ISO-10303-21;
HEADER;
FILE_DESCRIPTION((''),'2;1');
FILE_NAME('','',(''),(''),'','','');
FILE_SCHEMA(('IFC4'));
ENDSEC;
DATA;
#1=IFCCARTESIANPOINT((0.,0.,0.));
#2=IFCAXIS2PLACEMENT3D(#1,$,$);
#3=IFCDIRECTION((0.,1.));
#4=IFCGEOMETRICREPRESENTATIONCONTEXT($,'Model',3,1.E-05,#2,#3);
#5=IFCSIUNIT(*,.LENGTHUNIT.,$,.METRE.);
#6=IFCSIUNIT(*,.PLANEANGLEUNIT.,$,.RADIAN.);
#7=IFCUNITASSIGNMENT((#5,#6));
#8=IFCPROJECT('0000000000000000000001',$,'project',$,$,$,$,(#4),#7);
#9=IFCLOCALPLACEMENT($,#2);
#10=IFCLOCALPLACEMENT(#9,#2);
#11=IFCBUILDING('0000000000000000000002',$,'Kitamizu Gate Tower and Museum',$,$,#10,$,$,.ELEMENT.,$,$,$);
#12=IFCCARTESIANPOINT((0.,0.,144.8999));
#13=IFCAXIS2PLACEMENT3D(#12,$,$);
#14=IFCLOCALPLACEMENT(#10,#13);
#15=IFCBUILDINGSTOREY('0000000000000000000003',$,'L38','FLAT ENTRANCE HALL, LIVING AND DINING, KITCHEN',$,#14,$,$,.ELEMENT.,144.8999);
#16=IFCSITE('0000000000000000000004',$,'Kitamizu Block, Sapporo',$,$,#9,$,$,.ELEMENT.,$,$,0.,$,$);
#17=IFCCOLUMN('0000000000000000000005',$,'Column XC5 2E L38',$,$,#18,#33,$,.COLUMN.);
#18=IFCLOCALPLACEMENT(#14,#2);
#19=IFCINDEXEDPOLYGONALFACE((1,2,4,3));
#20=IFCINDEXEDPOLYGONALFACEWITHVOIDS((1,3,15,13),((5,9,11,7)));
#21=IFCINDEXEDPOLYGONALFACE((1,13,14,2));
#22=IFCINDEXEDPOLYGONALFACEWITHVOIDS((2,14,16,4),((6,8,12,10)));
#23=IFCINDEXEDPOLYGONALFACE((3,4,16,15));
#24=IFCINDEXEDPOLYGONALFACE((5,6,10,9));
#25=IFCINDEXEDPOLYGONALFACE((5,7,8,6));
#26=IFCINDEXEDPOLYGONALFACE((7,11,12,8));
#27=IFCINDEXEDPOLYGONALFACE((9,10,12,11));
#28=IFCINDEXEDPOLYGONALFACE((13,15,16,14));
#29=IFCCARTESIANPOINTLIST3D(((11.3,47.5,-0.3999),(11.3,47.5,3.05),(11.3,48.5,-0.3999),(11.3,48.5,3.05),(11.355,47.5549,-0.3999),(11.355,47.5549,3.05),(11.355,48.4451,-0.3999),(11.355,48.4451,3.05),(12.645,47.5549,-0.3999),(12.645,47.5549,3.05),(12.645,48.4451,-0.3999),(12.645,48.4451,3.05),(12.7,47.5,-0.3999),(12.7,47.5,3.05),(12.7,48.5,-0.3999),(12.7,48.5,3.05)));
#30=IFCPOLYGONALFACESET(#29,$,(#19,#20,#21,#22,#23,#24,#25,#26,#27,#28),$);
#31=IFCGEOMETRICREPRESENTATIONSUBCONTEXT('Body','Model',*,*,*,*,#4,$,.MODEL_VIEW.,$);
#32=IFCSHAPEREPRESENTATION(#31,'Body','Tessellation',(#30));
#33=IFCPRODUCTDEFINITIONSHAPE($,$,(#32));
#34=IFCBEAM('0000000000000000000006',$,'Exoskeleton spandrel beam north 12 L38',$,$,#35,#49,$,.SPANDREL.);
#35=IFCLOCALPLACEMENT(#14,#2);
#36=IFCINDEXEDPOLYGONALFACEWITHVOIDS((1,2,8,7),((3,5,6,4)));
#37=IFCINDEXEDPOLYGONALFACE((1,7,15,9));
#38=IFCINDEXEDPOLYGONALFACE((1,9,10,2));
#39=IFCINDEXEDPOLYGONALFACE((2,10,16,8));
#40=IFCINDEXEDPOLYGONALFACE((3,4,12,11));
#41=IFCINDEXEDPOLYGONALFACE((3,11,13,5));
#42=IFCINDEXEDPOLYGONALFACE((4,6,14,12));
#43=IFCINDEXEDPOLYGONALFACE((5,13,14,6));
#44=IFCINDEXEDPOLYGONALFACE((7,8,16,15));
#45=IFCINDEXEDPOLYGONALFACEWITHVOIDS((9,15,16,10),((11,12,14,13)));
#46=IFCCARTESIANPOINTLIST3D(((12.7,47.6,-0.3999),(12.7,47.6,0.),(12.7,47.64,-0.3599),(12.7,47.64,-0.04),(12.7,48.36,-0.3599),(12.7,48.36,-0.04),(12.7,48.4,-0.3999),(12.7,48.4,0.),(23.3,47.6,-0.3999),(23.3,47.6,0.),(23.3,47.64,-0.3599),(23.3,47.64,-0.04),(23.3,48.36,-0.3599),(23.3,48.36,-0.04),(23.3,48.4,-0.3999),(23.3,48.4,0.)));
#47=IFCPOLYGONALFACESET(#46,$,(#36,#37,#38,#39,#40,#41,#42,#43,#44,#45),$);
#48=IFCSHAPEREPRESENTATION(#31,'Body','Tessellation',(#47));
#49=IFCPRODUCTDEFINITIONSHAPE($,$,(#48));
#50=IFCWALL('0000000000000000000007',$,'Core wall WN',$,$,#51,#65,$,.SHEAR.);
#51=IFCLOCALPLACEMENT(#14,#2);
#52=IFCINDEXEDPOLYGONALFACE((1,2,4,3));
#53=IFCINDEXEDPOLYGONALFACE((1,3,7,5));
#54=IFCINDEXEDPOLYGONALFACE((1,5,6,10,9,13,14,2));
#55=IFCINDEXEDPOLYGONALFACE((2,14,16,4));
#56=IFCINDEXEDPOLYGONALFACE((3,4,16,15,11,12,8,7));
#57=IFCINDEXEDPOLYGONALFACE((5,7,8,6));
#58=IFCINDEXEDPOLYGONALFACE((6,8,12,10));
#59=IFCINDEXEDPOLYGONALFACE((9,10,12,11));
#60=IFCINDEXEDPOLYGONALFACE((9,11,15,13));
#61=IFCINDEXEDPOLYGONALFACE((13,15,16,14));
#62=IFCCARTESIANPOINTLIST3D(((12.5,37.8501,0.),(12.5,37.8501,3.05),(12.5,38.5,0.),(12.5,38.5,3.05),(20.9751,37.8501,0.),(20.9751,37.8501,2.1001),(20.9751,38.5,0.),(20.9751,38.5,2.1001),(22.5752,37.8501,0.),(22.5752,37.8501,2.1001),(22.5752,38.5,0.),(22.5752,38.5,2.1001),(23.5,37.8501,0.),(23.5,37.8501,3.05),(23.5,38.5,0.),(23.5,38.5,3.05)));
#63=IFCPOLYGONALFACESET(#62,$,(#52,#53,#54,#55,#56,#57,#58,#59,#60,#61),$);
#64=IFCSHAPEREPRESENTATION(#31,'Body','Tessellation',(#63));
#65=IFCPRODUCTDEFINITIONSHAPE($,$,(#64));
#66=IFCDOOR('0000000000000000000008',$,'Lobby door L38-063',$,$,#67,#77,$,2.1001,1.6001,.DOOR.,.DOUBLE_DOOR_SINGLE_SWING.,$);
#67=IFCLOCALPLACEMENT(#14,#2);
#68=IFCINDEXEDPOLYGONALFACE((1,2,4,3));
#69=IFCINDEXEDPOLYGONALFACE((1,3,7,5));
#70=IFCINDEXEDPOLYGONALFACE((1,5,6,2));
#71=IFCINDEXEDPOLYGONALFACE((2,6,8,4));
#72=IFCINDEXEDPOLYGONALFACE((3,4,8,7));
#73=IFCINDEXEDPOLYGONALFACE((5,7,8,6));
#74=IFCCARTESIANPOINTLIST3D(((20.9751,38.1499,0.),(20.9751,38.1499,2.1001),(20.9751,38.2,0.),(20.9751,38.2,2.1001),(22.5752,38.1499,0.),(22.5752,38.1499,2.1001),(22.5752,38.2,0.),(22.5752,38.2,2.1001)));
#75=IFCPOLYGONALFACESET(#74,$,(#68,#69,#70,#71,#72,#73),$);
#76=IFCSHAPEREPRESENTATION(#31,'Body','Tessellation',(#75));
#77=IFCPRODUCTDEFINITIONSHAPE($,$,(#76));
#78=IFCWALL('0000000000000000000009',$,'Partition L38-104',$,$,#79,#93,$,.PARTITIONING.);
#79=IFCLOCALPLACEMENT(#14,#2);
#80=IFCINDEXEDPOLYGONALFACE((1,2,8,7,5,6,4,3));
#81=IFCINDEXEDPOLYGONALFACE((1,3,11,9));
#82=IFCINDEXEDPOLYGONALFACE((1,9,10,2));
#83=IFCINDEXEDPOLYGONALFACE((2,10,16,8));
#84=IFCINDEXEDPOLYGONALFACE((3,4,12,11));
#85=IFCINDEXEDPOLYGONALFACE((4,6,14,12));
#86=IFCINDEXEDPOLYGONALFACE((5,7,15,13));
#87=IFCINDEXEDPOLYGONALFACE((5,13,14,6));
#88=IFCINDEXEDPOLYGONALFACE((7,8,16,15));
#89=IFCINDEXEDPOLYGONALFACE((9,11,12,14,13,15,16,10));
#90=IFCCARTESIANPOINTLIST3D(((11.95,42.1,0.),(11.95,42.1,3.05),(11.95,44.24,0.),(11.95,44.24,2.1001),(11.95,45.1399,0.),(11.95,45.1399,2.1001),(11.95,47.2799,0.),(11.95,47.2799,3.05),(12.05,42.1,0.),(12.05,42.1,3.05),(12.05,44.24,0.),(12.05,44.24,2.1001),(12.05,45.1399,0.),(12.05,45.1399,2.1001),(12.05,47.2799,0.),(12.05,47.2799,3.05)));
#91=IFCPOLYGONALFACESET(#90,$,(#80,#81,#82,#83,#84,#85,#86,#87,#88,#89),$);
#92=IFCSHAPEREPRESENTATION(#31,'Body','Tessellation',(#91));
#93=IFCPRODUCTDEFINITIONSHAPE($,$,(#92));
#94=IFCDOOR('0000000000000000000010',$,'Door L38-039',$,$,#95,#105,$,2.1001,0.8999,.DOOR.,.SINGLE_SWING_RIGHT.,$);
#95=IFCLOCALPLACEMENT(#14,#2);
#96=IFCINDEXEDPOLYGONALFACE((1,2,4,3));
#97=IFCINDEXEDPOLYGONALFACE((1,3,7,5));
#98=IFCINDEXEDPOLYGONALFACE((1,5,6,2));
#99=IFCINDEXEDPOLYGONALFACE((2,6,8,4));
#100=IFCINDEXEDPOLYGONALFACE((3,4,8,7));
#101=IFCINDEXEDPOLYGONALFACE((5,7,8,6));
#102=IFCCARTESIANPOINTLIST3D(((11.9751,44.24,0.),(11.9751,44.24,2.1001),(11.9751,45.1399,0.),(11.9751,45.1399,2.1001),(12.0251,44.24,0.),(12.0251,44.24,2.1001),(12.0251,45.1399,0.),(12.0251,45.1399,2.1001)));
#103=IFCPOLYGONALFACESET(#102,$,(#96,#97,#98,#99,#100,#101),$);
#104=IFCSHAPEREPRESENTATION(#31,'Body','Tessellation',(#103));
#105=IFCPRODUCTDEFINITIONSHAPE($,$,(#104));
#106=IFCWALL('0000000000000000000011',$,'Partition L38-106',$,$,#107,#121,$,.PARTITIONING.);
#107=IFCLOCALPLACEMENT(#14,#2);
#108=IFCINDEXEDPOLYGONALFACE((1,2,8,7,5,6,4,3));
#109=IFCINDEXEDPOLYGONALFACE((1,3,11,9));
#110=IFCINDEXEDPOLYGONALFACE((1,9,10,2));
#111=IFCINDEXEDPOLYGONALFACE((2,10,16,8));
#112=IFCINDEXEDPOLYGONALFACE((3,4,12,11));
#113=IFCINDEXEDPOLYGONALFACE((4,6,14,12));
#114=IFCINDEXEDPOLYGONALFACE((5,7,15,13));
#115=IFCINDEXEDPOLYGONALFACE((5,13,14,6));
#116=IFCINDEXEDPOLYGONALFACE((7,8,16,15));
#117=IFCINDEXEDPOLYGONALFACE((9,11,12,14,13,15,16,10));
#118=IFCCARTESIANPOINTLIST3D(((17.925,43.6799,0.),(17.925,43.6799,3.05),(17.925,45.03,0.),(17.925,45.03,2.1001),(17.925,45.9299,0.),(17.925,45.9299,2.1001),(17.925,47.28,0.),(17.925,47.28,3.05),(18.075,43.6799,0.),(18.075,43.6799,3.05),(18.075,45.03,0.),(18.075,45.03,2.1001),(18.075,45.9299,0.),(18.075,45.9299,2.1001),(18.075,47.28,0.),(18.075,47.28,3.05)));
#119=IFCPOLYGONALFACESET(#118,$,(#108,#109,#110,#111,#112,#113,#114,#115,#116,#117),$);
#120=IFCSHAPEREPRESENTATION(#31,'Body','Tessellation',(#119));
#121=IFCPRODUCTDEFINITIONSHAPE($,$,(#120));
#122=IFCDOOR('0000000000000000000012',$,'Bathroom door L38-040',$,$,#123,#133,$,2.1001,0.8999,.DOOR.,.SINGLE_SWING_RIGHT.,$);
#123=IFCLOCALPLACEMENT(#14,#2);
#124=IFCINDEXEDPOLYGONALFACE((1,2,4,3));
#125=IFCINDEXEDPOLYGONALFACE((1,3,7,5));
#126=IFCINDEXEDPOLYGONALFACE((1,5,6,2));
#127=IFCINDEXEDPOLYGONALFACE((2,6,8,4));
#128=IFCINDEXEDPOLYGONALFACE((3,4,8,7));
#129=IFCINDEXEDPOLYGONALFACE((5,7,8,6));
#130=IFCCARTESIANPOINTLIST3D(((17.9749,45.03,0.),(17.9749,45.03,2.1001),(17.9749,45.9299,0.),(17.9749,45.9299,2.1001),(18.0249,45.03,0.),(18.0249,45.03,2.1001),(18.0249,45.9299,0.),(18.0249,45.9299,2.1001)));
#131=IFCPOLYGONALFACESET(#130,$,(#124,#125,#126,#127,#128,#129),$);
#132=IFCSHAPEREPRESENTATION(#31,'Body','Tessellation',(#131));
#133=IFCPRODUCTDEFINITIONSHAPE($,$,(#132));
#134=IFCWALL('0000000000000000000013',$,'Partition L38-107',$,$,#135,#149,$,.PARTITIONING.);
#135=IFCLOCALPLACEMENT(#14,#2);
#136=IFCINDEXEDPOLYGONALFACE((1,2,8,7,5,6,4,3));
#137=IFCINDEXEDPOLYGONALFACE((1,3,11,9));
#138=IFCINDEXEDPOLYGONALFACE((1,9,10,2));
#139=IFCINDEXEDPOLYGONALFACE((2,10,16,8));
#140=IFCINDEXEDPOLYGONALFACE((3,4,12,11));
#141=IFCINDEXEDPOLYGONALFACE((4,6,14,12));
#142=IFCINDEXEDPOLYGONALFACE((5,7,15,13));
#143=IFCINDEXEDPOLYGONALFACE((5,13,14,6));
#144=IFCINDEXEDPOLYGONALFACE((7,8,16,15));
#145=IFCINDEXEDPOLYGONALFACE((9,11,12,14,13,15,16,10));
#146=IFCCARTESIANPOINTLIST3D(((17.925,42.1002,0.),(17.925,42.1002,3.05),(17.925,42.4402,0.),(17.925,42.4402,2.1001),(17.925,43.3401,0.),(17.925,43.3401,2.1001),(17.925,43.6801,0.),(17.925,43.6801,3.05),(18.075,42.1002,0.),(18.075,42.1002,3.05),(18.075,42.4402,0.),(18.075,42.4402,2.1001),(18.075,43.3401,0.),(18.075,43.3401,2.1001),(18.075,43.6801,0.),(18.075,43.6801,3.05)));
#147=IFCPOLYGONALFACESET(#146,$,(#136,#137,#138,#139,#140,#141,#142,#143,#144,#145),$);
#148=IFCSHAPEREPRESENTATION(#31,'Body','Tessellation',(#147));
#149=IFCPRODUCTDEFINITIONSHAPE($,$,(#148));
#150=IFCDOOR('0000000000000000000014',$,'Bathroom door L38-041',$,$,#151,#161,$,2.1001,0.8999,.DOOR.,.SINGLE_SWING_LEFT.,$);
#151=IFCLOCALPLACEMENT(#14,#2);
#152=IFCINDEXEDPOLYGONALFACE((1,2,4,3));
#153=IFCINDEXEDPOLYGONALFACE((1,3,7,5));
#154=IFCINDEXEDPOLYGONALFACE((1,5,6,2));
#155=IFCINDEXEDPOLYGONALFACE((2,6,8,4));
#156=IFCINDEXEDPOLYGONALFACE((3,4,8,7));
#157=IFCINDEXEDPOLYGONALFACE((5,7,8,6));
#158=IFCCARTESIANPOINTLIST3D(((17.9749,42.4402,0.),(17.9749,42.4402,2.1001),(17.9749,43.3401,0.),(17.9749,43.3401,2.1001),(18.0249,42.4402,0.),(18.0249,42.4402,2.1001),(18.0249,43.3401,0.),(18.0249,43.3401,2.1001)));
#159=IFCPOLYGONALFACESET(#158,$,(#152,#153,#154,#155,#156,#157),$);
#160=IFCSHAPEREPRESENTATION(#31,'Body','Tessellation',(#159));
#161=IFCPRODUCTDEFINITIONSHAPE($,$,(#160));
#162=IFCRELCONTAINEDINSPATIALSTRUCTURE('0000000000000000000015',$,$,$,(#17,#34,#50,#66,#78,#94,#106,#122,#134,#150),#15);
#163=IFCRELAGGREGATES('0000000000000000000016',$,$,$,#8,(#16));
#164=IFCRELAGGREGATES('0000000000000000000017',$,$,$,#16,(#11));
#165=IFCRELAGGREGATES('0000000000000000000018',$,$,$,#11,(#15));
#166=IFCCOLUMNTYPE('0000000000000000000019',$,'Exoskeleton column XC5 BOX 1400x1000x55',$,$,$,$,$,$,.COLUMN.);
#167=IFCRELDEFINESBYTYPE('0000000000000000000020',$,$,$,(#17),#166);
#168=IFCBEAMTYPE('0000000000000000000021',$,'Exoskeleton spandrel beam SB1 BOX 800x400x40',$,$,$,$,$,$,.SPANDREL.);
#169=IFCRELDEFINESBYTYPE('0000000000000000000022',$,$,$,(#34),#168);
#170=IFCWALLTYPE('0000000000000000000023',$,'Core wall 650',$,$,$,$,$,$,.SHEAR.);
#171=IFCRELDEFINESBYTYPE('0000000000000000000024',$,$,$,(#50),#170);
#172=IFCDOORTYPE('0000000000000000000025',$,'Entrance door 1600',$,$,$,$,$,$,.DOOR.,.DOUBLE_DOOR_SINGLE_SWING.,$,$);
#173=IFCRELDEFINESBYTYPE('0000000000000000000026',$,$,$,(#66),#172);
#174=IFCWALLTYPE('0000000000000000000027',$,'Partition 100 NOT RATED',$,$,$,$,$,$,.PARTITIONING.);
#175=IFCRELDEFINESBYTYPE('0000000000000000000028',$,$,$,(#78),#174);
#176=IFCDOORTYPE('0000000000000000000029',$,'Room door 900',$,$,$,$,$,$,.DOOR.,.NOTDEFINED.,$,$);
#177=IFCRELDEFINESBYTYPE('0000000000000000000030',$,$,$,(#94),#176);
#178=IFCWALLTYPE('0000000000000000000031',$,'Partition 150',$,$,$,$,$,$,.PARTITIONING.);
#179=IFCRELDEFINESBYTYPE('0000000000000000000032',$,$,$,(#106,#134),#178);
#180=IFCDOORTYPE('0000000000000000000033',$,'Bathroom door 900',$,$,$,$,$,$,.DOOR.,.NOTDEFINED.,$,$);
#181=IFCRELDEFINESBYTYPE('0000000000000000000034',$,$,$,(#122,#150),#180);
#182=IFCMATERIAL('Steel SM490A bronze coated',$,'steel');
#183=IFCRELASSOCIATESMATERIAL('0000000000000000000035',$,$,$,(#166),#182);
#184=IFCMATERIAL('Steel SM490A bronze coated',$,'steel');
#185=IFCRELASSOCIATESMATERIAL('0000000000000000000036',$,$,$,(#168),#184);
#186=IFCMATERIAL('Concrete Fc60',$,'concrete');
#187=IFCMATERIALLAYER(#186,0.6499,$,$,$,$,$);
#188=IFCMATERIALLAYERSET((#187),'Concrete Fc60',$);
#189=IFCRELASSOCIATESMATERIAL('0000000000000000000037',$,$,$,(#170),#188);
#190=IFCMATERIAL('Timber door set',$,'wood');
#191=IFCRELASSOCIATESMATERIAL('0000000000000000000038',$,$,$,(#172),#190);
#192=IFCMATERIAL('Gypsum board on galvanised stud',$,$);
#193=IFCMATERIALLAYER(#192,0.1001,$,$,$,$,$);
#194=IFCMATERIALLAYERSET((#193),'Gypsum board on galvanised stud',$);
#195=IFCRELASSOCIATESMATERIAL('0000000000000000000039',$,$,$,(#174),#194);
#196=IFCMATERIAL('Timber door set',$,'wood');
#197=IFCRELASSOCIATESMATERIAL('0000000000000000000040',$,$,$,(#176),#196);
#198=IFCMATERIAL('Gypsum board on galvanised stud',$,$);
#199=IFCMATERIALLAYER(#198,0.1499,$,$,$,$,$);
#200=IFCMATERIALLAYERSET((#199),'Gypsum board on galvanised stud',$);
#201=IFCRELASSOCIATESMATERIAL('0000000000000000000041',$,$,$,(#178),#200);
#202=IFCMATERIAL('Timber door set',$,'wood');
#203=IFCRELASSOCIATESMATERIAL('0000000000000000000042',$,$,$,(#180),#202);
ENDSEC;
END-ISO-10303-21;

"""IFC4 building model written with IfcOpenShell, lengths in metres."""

from ifc_helpers import new_model, si_unit, direction, frame, frame_2d, origin, origin_2d, place, context, subcontext, project, spatial, rectangle, hollow_rectangle, extrude, material, layer, layer_set, material_profile, profile_set, type_object, element, fill, save


model = new_model("IFC4")

# Units and contexts
model_context = context("Model", 3, precision=1e-05, world=origin(), true_north=direction((0.0, 1.0)))
body_context = subcontext(model_context, "Body", "Model", "MODEL_VIEW")
ifc_project = project(units=[si_unit("LENGTHUNIT", "METRE"), si_unit("PLANEANGLEUNIT", "RADIAN")], contexts=[model_context])

# Site, building, storey
site_placement = place(None, origin())
site = spatial("IfcSite", under=ifc_project, at=site_placement, Name="Kitamizu Block, Sapporo", CompositionType="ELEMENT", RefElevation=0.0)
building_placement = place(site_placement, origin())
building = spatial("IfcBuilding", under=site, at=building_placement, Name="Kitamizu Gate Tower and Museum", CompositionType="ELEMENT")
storey_placement = place(building_placement, frame((0.0, 0.0, 144.8999)))
storey = spatial("IfcBuildingStorey", under=building, at=storey_placement, Name="L38", Description="FLAT ENTRANCE HALL, LIVING AND DINING, KITCHEN", CompositionType="ELEMENT", Elevation=144.8999)

# Column
ifc_material_1 = material(Name="Steel SM490A bronze coated", Category="steel")
ifc_material_profile_1 = material_profile(ifc_material_1, hollow_rectangle(XDim=1.3999, YDim=1.0, WallThickness=0.0549, at=origin_2d()), Name="BOX 1400x1000x55")
ifc_profile_set_1 = profile_set([ifc_material_profile_1], Name="Steel SM490A bronze coated")
column_type = type_object("IfcColumnType", Name="Exoskeleton column XC5 BOX 1400x1000x55", PredefinedType="COLUMN", material=ifc_profile_set_1)
column_placement = place(storey_placement, frame((12.0, 48.0, -0.3999), z_axis=(0.0, 0.0, 1.0), x_axis=(1.0, 0.0, 0.0)))
element("IfcColumn", 1, at=column_placement, inside=storey, type_object=column_type, Name="Column XC5 2E L38", PredefinedType="COLUMN", context=body_context, shape_type="SweptSolid", body=[
    extrude(hollow_rectangle(XDim=1.3999, YDim=1.0, WallThickness=0.0549, at=origin_2d()), origin(), (0.0, 0.0, 1.0), 3.45),
])

# Beam
ifc_material_2 = material(Name="Steel SM490A bronze coated", Category="steel")
ifc_material_profile_2 = material_profile(ifc_material_2, hollow_rectangle(XDim=0.8, YDim=0.3999, WallThickness=0.04, at=origin_2d()), Name="BOX 800x400x40")
ifc_profile_set_2 = profile_set([ifc_material_profile_2], Name="Steel SM490A bronze coated")
beam_type = type_object("IfcBeamType", Name="Exoskeleton spandrel beam SB1 BOX 800x400x40", PredefinedType="SPANDREL", material=ifc_profile_set_2)
beam_placement = place(storey_placement, frame((12.7, 48.0, -0.2), z_axis=(1.0, 0.0, 0.0), x_axis=(0.0, 1.0, 0.0)))
element("IfcBeam", 2, at=beam_placement, inside=storey, type_object=beam_type, Name="Exoskeleton spandrel beam north 12 L38", PredefinedType="SPANDREL", context=body_context, shape_type="SweptSolid", body=[
    extrude(hollow_rectangle(XDim=0.8, YDim=0.3999, WallThickness=0.04, at=origin_2d()), origin(), (0.0, 0.0, 1.0), 10.6001),
])

# Walls, openings, doors
ifc_material_3 = material(Name="Concrete Fc60", Category="concrete")
ifc_layer_1 = layer(ifc_material_3, 0.6499)
ifc_layer_set_1 = layer_set([ifc_layer_1], Name="Concrete Fc60")
wall_type_1 = type_object("IfcWallType", Name="Core wall 650", PredefinedType="SHEAR", material=ifc_layer_set_1)
wall_1_placement = place(storey_placement, frame((12.5, 38.175, 0.0), z_axis=(0.0, 0.0, 1.0), x_axis=(1.0, 0.0, 0.0)))
wall_1 = element("IfcWall", 3, at=wall_1_placement, inside=storey, type_object=wall_type_1, Name="Core wall WN", PredefinedType="SHEAR", context=body_context, shape_type="SweptSolid", body=[
    extrude(rectangle(XDim=11.0, YDim=0.6499, at=frame_2d((5.5, 0.0))), origin(), (0.0, 0.0, 1.0), 3.05),
])
opening_1_placement = place(wall_1_placement, frame((8.4751, 0.0, 0.0)))
opening_1 = element("IfcOpeningElement", 4, at=opening_1_placement, cuts=wall_1, PredefinedType="OPENING", context=body_context, shape_type="SweptSolid", body=[
    extrude(rectangle(XDim=1.6001, YDim=2.1001, at=frame_2d((0.8, 1.05))), frame((0.0, 0.335, 0.0), z_axis=(0.0, -1.0, 0.0), x_axis=(1.0, 0.0, 0.0)), (0.0, 0.0, 1.0), 0.6699),
])
ifc_material_4 = material(Name="Timber door set", Category="wood")
door_type_1 = type_object("IfcDoorType", Name="Entrance door 1600", OperationType="DOUBLE_DOOR_SINGLE_SWING", PredefinedType="DOOR", material=ifc_material_4)
door_1_placement = place(opening_1_placement, origin())
door_1 = element("IfcDoor", 5, at=door_1_placement, inside=storey, type_object=door_type_1, Name="Lobby door L38-063", OperationType="DOUBLE_DOOR_SINGLE_SWING", OverallHeight=2.1001, OverallWidth=1.6001, PredefinedType="DOOR", context=body_context, shape_type="SweptSolid", body=[
    extrude(rectangle(XDim=1.6001, YDim=2.1001, at=frame_2d((0.8, 1.05))), frame((0.0, 0.0249, 0.0), z_axis=(0.0, -1.0, 0.0), x_axis=(1.0, 0.0, 0.0)), (0.0, 0.0, 1.0), 0.05),
])
fill(opening_1, door_1)
ifc_material_5 = material(Name="Gypsum board on galvanised stud")
ifc_layer_2 = layer(ifc_material_5, 0.1001)
ifc_layer_set_2 = layer_set([ifc_layer_2], Name="Gypsum board on galvanised stud")
wall_type_2 = type_object("IfcWallType", Name="Partition 100 NOT RATED", PredefinedType="PARTITIONING", material=ifc_layer_set_2)
wall_2_placement = place(storey_placement, frame((12.0, 42.1001, 0.0), z_axis=(0.0, 0.0, 1.0), x_axis=(0.0, 1.0, 0.0)))
wall_2 = element("IfcWall", 6, at=wall_2_placement, inside=storey, type_object=wall_type_2, Name="Partition L38-104", PredefinedType="PARTITIONING", context=body_context, shape_type="SweptSolid", body=[
    extrude(rectangle(XDim=5.1799, YDim=0.1001, at=frame_2d((2.5898, 0.0))), origin(), (0.0, 0.0, 1.0), 3.05),
])
opening_2_placement = place(wall_2_placement, frame((2.1399, 0.0, 0.0)))
opening_2 = element("IfcOpeningElement", 7, at=opening_2_placement, cuts=wall_2, PredefinedType="OPENING", context=body_context, shape_type="SweptSolid", body=[
    extrude(rectangle(XDim=0.8999, YDim=2.1001, at=frame_2d((0.45, 1.05))), frame((0.0, 0.0601, 0.0), z_axis=(0.0, -1.0, 0.0), x_axis=(1.0, 0.0, 0.0)), (0.0, 0.0, 1.0), 0.1201),
])
ifc_material_6 = material(Name="Timber door set", Category="wood")
door_type_2 = type_object("IfcDoorType", Name="Room door 900", OperationType="NOTDEFINED", PredefinedType="DOOR", material=ifc_material_6)
door_2_placement = place(opening_2_placement, origin())
door_2 = element("IfcDoor", 8, at=door_2_placement, inside=storey, type_object=door_type_2, Name="Door L38-039", OperationType="SINGLE_SWING_RIGHT", OverallHeight=2.1001, OverallWidth=0.8999, PredefinedType="DOOR", context=body_context, shape_type="SweptSolid", body=[
    extrude(rectangle(XDim=0.8999, YDim=2.1001, at=frame_2d((0.45, 1.05))), frame((0.0, 0.0249, 0.0), z_axis=(0.0, -1.0, 0.0), x_axis=(1.0, 0.0, 0.0)), (0.0, 0.0, 1.0), 0.05),
])
fill(opening_2, door_2)
ifc_material_7 = material(Name="Gypsum board on galvanised stud")
ifc_layer_3 = layer(ifc_material_7, 0.1499)
ifc_layer_set_3 = layer_set([ifc_layer_3], Name="Gypsum board on galvanised stud")
wall_type_3 = type_object("IfcWallType", Name="Partition 150", PredefinedType="PARTITIONING", material=ifc_layer_set_3)
wall_3_placement = place(storey_placement, frame((18.0, 43.6799, 0.0), z_axis=(0.0, 0.0, 1.0), x_axis=(0.0, 1.0, 0.0)))
wall_3 = element("IfcWall", 9, at=wall_3_placement, inside=storey, type_object=wall_type_3, Name="Partition L38-106", PredefinedType="PARTITIONING", context=body_context, shape_type="SweptSolid", body=[
    extrude(rectangle(XDim=3.6001, YDim=0.1499, at=frame_2d((1.8, 0.0))), origin(), (0.0, 0.0, 1.0), 3.05),
])
opening_3_placement = place(wall_3_placement, frame((1.3501, 0.0, 0.0)))
opening_3 = element("IfcOpeningElement", 10, at=opening_3_placement, cuts=wall_3, PredefinedType="OPENING", context=body_context, shape_type="SweptSolid", body=[
    extrude(rectangle(XDim=0.8999, YDim=2.1001, at=frame_2d((0.45, 1.05))), frame((0.0, 0.085, 0.0), z_axis=(0.0, -1.0, 0.0), x_axis=(1.0, 0.0, 0.0)), (0.0, 0.0, 1.0), 0.1699),
])
ifc_material_8 = material(Name="Timber door set", Category="wood")
door_type_3 = type_object("IfcDoorType", Name="Bathroom door 900", OperationType="NOTDEFINED", PredefinedType="DOOR", material=ifc_material_8)
door_3_placement = place(opening_3_placement, frame((0.8999, 0.0, 0.0), x_axis=(-1.0, 0.0, 0.0)))
door_3 = element("IfcDoor", 11, at=door_3_placement, inside=storey, type_object=door_type_3, Name="Bathroom door L38-040", OperationType="SINGLE_SWING_RIGHT", OverallHeight=2.1001, OverallWidth=0.8999, PredefinedType="DOOR", context=body_context, shape_type="SweptSolid", body=[
    extrude(rectangle(XDim=0.8999, YDim=2.1001, at=frame_2d((0.45, 1.05))), frame((0.0, 0.0249, 0.0), z_axis=(0.0, -1.0, 0.0), x_axis=(1.0, 0.0, 0.0)), (0.0, 0.0, 1.0), 0.05),
])
fill(opening_3, door_3)
wall_4_placement = place(storey_placement, frame((18.0, 42.1001, 0.0), z_axis=(0.0, 0.0, 1.0), x_axis=(0.0, 1.0, 0.0)))
wall_4 = element("IfcWall", 12, at=wall_4_placement, inside=storey, type_object=wall_type_3, Name="Partition L38-107", PredefinedType="PARTITIONING", context=body_context, shape_type="SweptSolid", body=[
    extrude(rectangle(XDim=1.5798, YDim=0.1499, at=frame_2d((0.79, 0.0))), origin(), (0.0, 0.0, 1.0), 3.05),
])
opening_4_placement = place(wall_4_placement, frame((0.3401, 0.0, 0.0)))
opening_4 = element("IfcOpeningElement", 13, at=opening_4_placement, cuts=wall_4, PredefinedType="OPENING", context=body_context, shape_type="SweptSolid", body=[
    extrude(rectangle(XDim=0.8999, YDim=2.1001, at=frame_2d((0.45, 1.05))), frame((0.0, 0.085, 0.0), z_axis=(0.0, -1.0, 0.0), x_axis=(1.0, 0.0, 0.0)), (0.0, 0.0, 1.0), 0.1699),
])
door_4_placement = place(opening_4_placement, frame((0.8999, 0.0, 0.0), x_axis=(-1.0, 0.0, 0.0)))
door_4 = element("IfcDoor", 14, at=door_4_placement, inside=storey, type_object=door_type_3, Name="Bathroom door L38-041", OperationType="SINGLE_SWING_LEFT", OverallHeight=2.1001, OverallWidth=0.8999, PredefinedType="DOOR", context=body_context, shape_type="SweptSolid", body=[
    extrude(rectangle(XDim=0.8999, YDim=2.1001, at=frame_2d((0.45, 1.05))), frame((0.0, 0.0249, 0.0), z_axis=(0.0, -1.0, 0.0), x_axis=(1.0, 0.0, 0.0)), (0.0, 0.0, 1.0), 0.05),
])
fill(opening_4, door_4)

save(model, "model.ifc")
